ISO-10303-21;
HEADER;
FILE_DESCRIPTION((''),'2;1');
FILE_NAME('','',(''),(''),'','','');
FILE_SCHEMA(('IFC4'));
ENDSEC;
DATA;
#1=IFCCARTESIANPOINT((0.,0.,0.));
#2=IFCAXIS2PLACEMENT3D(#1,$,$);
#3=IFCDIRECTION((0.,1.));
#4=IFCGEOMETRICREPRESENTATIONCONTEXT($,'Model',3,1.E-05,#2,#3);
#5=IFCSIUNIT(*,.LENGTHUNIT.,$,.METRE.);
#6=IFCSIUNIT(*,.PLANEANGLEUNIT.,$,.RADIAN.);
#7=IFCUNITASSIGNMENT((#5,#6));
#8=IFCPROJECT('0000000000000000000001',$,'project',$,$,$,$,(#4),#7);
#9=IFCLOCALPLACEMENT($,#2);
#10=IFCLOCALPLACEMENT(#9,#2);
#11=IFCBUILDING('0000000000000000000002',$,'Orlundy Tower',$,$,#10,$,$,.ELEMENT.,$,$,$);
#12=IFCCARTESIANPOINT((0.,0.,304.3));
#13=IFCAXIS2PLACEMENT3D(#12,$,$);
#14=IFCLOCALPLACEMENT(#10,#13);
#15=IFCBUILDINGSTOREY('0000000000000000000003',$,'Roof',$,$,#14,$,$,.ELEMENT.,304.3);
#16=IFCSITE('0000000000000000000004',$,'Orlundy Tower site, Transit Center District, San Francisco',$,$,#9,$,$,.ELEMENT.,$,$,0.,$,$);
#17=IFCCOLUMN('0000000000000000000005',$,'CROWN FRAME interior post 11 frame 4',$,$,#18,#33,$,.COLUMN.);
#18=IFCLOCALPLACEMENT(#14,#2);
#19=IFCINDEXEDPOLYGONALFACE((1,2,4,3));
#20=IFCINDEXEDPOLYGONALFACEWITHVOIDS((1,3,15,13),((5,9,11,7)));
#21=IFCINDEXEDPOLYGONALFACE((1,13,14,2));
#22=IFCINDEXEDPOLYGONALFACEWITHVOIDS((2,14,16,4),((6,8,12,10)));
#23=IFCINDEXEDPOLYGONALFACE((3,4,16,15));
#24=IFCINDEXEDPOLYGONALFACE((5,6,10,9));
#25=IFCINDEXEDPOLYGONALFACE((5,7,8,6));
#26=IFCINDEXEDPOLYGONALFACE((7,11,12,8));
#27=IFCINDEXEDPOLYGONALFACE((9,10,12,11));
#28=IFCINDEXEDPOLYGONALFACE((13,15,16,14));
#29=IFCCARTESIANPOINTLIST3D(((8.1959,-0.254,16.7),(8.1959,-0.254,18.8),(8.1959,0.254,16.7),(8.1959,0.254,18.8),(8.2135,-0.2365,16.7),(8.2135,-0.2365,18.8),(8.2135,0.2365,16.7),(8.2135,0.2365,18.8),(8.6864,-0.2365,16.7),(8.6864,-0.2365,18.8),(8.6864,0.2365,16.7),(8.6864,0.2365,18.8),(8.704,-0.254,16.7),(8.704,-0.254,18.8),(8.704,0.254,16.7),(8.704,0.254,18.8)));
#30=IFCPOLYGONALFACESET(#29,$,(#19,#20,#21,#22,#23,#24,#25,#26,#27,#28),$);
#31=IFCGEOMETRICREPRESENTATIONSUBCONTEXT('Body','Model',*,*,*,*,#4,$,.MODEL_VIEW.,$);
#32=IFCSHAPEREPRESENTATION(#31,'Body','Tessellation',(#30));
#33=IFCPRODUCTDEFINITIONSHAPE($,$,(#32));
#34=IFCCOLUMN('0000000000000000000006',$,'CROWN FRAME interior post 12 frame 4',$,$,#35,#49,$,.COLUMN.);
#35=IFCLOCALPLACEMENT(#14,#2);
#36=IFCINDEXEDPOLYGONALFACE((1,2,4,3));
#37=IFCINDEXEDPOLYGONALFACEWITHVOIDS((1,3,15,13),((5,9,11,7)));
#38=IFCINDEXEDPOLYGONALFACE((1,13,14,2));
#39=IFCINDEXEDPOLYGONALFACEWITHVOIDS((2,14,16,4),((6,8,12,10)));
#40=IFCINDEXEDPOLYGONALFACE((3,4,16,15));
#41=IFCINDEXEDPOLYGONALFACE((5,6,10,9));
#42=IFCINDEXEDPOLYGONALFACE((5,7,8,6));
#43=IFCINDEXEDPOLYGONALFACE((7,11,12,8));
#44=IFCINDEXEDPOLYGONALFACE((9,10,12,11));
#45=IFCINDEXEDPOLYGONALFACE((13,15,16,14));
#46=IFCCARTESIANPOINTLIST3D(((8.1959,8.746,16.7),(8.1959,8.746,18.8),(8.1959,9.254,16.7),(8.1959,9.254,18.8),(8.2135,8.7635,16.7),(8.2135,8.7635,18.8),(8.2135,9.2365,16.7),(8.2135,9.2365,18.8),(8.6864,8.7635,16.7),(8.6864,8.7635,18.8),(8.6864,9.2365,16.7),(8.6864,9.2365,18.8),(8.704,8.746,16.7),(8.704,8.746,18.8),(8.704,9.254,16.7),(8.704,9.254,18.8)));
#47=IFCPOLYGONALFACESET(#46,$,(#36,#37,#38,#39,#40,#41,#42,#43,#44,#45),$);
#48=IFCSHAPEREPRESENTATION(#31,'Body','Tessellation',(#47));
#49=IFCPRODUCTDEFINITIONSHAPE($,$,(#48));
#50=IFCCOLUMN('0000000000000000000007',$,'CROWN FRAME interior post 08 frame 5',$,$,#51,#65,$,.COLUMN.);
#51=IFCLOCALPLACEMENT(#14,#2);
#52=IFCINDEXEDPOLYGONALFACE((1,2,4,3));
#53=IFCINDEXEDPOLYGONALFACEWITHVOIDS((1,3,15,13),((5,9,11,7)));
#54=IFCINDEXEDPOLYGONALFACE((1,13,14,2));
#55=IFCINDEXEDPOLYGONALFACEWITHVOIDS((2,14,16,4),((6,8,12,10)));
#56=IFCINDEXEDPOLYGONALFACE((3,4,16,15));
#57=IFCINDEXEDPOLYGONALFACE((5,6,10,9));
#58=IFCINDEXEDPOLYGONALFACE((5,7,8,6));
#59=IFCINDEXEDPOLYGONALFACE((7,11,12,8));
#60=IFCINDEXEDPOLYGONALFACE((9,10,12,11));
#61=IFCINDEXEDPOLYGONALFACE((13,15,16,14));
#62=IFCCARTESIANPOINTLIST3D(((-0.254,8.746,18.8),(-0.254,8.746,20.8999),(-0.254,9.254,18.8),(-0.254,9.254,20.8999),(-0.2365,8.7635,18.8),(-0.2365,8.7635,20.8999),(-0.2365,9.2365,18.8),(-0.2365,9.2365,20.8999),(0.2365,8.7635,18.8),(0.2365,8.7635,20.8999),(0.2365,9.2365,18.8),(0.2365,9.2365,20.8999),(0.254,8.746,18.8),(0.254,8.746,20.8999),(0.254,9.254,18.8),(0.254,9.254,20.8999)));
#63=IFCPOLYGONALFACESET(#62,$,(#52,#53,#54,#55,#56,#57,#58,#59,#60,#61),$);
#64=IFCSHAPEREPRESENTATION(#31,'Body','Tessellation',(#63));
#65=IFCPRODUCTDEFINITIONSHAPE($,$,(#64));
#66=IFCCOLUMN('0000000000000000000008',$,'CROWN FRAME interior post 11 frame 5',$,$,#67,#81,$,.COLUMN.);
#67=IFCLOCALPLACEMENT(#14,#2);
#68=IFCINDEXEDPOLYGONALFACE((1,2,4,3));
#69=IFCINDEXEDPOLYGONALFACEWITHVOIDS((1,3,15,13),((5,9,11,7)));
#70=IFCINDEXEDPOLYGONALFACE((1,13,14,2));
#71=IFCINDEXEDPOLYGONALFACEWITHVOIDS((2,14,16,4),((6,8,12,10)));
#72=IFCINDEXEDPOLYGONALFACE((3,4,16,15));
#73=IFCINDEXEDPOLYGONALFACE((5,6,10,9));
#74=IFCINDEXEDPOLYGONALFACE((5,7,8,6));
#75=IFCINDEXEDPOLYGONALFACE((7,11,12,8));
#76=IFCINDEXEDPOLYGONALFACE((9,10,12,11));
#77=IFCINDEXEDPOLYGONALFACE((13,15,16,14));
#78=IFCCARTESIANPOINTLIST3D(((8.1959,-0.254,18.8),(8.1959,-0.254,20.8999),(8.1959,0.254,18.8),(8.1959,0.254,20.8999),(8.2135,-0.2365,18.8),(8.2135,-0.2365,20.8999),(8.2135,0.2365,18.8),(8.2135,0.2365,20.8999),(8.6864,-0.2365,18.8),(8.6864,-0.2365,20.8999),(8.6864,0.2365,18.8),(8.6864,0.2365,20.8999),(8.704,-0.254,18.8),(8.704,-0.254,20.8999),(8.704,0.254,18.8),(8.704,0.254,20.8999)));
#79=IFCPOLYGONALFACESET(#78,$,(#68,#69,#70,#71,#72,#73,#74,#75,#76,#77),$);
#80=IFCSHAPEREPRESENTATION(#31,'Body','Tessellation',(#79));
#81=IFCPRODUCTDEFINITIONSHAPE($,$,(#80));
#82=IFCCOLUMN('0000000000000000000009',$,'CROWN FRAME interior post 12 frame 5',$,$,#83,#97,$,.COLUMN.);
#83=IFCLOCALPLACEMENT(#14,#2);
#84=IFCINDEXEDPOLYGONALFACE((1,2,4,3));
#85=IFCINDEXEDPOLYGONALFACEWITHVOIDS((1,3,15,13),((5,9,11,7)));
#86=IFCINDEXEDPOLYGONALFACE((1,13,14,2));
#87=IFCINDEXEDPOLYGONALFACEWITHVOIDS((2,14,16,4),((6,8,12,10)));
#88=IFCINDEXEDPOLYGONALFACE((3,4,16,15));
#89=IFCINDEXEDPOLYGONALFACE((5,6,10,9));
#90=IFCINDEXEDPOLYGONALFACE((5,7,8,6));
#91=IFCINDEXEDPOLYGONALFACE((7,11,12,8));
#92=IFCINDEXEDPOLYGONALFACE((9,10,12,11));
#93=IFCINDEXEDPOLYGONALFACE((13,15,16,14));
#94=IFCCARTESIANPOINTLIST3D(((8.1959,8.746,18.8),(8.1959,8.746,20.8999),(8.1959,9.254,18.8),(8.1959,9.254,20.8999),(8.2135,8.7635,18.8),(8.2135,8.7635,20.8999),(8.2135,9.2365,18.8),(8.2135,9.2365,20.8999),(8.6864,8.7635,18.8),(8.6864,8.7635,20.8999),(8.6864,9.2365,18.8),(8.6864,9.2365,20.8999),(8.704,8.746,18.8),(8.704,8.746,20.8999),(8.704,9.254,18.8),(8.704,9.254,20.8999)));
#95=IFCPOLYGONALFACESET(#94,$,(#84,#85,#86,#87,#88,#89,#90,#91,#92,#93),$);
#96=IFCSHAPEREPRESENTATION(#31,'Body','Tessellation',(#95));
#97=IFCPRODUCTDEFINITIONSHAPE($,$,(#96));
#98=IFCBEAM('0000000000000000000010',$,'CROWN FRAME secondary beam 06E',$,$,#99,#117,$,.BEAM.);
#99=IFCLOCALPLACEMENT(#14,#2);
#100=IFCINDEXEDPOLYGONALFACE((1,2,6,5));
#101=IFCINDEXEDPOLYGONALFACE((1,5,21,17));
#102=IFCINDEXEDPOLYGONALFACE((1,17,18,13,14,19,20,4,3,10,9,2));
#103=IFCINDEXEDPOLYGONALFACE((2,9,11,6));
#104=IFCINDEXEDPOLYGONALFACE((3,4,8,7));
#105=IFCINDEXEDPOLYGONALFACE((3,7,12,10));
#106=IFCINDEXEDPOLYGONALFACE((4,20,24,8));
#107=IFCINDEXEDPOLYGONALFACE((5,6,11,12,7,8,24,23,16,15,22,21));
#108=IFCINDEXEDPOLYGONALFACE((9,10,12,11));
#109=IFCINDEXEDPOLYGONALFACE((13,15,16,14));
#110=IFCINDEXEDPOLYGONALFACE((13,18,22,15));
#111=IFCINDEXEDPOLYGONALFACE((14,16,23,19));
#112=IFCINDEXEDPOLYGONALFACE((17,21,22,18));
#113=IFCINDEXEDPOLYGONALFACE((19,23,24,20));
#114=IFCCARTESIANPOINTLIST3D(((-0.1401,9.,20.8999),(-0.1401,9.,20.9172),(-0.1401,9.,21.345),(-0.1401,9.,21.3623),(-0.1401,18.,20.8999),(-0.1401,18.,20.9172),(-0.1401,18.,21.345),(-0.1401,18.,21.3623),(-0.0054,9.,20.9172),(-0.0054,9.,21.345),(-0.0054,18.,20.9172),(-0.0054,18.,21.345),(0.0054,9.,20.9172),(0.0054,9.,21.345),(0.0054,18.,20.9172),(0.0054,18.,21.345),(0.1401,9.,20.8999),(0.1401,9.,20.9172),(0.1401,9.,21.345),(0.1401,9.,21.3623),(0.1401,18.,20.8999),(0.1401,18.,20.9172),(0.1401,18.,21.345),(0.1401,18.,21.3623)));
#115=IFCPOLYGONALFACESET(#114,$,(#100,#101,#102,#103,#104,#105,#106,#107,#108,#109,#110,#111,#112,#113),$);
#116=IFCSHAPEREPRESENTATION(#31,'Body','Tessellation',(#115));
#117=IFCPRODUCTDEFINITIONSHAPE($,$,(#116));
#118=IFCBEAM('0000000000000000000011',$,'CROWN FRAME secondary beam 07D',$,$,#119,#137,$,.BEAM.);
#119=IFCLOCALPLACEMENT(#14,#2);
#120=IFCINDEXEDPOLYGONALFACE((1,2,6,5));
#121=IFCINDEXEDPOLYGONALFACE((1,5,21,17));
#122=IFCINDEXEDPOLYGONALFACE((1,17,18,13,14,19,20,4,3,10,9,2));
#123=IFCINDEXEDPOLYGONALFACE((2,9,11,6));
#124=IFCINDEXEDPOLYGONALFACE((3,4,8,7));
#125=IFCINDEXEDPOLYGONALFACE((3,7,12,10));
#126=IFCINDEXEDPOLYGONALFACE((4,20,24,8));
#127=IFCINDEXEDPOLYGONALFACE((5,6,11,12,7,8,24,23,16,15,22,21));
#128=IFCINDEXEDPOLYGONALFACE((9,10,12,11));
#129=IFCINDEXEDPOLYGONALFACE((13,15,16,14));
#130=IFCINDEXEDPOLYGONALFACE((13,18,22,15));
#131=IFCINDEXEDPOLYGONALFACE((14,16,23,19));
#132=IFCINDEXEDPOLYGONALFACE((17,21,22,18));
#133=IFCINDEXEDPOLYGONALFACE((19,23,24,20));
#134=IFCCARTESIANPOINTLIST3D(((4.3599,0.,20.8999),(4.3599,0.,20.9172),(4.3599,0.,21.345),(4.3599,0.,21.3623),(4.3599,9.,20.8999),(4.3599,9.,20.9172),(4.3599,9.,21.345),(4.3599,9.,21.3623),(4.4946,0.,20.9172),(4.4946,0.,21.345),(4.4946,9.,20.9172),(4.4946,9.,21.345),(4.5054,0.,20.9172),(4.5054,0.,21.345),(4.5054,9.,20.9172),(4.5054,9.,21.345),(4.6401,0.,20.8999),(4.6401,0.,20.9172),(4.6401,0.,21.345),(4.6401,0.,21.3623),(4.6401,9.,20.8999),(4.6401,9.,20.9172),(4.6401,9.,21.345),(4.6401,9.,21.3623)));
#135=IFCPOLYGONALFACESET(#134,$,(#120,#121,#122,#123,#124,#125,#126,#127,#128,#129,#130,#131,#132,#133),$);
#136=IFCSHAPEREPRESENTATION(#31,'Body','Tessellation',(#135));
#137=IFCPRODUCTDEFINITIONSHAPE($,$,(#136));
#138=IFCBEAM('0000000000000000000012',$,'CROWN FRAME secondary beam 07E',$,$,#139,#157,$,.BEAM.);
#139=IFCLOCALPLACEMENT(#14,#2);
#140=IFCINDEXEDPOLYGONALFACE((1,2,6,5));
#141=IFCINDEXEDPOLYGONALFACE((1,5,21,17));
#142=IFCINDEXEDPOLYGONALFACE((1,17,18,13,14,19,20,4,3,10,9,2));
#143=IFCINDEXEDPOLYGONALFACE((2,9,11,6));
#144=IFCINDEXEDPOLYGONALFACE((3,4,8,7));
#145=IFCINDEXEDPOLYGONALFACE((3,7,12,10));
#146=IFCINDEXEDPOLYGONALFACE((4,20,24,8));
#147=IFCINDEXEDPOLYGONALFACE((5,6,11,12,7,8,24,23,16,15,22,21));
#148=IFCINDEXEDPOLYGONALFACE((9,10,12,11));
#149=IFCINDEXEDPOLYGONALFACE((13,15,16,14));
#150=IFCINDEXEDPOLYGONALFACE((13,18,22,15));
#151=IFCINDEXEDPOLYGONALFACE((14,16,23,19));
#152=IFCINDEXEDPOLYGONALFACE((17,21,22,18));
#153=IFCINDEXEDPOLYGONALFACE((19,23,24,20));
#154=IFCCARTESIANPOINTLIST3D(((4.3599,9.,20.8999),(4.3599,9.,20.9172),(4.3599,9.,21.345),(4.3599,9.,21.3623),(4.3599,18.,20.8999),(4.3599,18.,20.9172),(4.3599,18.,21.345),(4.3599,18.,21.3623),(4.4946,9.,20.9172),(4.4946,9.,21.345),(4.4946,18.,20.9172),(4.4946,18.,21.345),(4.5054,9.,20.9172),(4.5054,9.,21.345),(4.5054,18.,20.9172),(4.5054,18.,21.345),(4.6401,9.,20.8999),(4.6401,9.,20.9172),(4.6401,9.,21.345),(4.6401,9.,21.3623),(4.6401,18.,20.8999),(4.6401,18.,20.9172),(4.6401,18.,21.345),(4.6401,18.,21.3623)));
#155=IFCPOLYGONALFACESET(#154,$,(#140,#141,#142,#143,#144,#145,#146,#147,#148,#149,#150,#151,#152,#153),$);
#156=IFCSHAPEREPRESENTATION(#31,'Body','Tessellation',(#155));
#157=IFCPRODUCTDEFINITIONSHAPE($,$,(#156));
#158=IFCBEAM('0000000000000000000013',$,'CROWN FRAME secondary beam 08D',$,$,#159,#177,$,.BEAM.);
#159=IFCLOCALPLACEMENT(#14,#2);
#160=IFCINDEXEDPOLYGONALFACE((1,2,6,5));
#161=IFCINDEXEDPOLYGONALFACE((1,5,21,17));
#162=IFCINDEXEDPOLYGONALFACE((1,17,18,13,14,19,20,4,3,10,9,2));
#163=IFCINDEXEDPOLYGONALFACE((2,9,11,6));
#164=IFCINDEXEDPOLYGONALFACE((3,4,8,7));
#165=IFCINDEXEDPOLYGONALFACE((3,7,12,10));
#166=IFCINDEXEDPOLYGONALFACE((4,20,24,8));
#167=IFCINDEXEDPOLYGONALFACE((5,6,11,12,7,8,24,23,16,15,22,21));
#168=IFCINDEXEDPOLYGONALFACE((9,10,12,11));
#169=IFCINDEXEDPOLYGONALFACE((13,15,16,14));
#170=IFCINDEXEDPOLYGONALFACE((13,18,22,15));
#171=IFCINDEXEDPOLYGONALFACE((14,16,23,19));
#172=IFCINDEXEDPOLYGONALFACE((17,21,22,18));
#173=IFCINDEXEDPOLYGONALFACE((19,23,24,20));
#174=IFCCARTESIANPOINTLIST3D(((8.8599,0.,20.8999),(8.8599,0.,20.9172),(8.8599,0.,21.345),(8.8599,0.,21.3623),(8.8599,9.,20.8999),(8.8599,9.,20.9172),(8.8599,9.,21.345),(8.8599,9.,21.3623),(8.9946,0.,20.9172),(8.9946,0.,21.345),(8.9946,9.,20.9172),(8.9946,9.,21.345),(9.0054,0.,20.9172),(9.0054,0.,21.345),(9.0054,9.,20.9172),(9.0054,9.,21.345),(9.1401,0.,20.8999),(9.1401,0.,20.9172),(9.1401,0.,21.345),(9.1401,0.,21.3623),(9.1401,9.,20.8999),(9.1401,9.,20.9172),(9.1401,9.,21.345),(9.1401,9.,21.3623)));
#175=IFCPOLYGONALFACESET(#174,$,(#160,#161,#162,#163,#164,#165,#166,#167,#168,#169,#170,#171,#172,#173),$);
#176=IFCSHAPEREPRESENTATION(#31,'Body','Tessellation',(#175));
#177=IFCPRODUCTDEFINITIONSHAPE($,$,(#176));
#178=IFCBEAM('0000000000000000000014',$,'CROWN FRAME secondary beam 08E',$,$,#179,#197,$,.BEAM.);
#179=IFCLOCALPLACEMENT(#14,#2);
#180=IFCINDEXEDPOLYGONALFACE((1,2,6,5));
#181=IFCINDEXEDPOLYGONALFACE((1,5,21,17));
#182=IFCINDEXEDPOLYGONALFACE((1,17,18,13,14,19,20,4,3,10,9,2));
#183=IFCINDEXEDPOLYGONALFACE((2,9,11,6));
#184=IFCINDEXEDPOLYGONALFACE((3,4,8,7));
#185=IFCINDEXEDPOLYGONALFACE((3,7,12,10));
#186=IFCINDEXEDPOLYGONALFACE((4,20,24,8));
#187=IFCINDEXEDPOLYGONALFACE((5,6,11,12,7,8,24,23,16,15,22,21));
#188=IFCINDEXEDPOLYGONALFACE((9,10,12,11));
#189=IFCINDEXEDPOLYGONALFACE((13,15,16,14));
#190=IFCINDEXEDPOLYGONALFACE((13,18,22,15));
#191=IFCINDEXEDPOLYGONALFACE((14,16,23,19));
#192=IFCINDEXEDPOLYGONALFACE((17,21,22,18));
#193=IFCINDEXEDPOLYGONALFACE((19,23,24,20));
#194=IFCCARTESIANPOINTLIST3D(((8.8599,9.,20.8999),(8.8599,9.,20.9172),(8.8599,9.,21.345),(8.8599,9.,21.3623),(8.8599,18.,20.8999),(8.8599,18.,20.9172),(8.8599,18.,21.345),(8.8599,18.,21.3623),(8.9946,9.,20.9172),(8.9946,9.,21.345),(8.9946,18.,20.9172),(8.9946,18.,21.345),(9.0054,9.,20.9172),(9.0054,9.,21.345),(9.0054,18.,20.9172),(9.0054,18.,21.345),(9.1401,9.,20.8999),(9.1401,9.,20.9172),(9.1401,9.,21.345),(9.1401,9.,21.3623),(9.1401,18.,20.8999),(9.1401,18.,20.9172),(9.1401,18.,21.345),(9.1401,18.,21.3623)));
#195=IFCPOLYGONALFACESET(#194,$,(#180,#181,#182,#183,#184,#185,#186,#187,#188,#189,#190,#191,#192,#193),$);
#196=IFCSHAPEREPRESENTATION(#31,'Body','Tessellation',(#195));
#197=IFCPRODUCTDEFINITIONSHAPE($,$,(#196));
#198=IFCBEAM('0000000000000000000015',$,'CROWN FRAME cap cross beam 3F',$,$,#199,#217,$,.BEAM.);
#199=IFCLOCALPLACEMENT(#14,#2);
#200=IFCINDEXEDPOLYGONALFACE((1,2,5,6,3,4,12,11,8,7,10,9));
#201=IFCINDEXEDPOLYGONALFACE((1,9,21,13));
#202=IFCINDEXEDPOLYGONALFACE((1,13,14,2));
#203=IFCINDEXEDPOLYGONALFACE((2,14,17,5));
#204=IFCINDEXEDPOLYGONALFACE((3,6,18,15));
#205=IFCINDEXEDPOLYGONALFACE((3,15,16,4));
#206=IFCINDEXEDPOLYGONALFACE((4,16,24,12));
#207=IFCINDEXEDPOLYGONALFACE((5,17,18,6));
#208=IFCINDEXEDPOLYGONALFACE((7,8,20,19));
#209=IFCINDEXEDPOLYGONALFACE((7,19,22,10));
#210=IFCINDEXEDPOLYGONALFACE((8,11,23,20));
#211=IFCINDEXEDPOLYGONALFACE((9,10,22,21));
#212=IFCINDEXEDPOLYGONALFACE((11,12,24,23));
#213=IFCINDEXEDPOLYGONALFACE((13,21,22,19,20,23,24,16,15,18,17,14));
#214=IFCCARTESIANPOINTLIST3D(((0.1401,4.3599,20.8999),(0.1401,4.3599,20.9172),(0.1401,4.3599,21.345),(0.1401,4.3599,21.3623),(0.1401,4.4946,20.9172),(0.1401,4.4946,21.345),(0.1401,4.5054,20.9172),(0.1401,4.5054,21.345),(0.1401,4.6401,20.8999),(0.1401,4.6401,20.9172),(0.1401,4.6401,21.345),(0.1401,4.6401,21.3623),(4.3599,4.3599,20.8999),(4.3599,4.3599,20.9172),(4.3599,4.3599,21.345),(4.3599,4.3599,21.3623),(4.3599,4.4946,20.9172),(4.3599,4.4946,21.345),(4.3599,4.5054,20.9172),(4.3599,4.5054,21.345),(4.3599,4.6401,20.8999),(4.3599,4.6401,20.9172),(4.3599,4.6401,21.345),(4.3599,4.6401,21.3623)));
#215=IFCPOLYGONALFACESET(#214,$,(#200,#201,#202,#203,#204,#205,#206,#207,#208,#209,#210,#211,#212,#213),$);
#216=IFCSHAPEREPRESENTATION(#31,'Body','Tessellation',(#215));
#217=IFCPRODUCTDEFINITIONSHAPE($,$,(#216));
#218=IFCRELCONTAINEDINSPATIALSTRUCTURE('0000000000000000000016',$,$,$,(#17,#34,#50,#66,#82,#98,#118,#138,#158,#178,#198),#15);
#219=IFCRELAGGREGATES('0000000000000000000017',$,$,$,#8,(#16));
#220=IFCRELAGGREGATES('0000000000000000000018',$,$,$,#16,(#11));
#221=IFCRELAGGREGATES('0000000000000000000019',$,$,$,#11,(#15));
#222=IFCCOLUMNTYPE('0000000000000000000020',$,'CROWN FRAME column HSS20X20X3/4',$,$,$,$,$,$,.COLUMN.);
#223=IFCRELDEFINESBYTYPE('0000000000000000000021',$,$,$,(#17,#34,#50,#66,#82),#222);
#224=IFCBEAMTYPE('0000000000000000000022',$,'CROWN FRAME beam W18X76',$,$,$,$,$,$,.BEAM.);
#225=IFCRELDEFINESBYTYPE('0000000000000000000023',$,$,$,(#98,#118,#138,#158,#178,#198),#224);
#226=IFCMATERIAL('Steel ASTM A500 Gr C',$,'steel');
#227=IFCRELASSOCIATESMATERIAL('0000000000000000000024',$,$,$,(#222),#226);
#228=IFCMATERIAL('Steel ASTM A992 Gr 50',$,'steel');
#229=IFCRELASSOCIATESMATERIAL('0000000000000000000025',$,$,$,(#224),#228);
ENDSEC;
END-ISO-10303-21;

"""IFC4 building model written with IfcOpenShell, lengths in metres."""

from ifc_helpers import new_model, si_unit, direction, frame, origin, origin_2d, place, context, subcontext, project, spatial, hollow_rectangle, i_section, extrude, material, material_profile, profile_set, type_object, element, save


model = new_model("IFC4")

# Units and contexts
model_context = context("Model", 3, precision=1e-05, world=origin(), true_north=direction((0.0, 1.0)))
body_context = subcontext(model_context, "Body", "Model", "MODEL_VIEW")
ifc_project = project(units=[si_unit("LENGTHUNIT", "METRE"), si_unit("PLANEANGLEUNIT", "RADIAN")], contexts=[model_context])

# Site, building, storey
site_placement = place(None, origin())
site = spatial("IfcSite", under=ifc_project, at=site_placement, Name="Orlundy Tower site, Transit Center District, San Francisco", CompositionType="ELEMENT", RefElevation=0.0)
building_placement = place(site_placement, origin())
building = spatial("IfcBuilding", under=site, at=building_placement, Name="Orlundy Tower", CompositionType="ELEMENT")
storey_placement = place(building_placement, frame((0.0, 0.0, 304.3)))
storey = spatial("IfcBuildingStorey", under=building, at=storey_placement, Name="Roof", CompositionType="ELEMENT", Elevation=304.3)

# Columns
ifc_material_1 = material(Name="Steel ASTM A500 Gr C", Category="steel")
ifc_material_profile_1 = material_profile(ifc_material_1, hollow_rectangle(XDim=0.5081, YDim=0.5081, WallThickness=0.0176, at=origin_2d()), Name="HSS20X20X3/4")
ifc_profile_set_1 = profile_set([ifc_material_profile_1], Name="Steel ASTM A500 Gr C")
column_type = type_object("IfcColumnType", Name="CROWN FRAME column HSS20X20X3/4", PredefinedType="COLUMN", material=ifc_profile_set_1)
for number, where, z_axis, x_axis, name in (
    (1, (8.45, 0.0, 16.7), (0.0, 0.0, 1.0), (1.0, 0.0, 0.0), "CROWN FRAME interior post 11 frame 4"),
    (2, (8.45, 9.0, 16.7), (0.0, 0.0, 1.0), (1.0, 0.0, 0.0), "CROWN FRAME interior post 12 frame 4"),
):
    element("IfcColumn", number, at=place(storey_placement, frame(where, z_axis=z_axis, x_axis=x_axis)), inside=storey, type_object=column_type, Name=name, PredefinedType="COLUMN", context=body_context, shape_type="SweptSolid", body=[
        extrude(hollow_rectangle(XDim=0.5081, YDim=0.5081, WallThickness=0.0176, at=origin_2d()), origin(), (0.0, 0.0, 1.0), 2.1001),
    ])
for number, where, z_axis, x_axis, name in (
    (3, (0.0, 9.0, 18.8), (0.0, 0.0, 1.0), (1.0, 0.0, 0.0), "CROWN FRAME interior post 08 frame 5"),
    (4, (8.45, 0.0, 18.8), (0.0, 0.0, 1.0), (1.0, 0.0, 0.0), "CROWN FRAME interior post 11 frame 5"),
    (5, (8.45, 9.0, 18.8), (0.0, 0.0, 1.0), (1.0, 0.0, 0.0), "CROWN FRAME interior post 12 frame 5"),
):
    element("IfcColumn", number, at=place(storey_placement, frame(where, z_axis=z_axis, x_axis=x_axis)), inside=storey, type_object=column_type, Name=name, PredefinedType="COLUMN", context=body_context, shape_type="SweptSolid", body=[
        extrude(hollow_rectangle(XDim=0.5081, YDim=0.5081, WallThickness=0.0176, at=origin_2d()), origin(), (0.0, 0.0, 1.0), 2.0999),
    ])

# Beams
ifc_material_2 = material(Name="Steel ASTM A992 Gr 50", Category="steel")
ifc_material_profile_2 = material_profile(ifc_material_2, i_section(OverallWidth=0.2803, OverallDepth=0.4624, WebThickness=0.0107, FlangeThickness=0.0173, at=origin_2d()), Name="W18X76")
ifc_profile_set_2 = profile_set([ifc_material_profile_2], Name="Steel ASTM A992 Gr 50")
beam_type_1 = type_object("IfcBeamType", Name="CROWN FRAME beam W18X76", PredefinedType="BEAM", material=ifc_profile_set_2)
for number, where, z_axis, x_axis, name in (
    (6, (0.0, 9.0, 21.1311), (0.0, 1.0, 0.0), (-1.0, 0.0, 0.0), "CROWN FRAME secondary beam 06E"),
    (7, (4.5, 0.0, 21.1311), (0.0, 1.0, 0.0), (-1.0, 0.0, 0.0), "CROWN FRAME secondary beam 07D"),
    (8, (4.5, 9.0, 21.1311), (0.0, 1.0, 0.0), (-1.0, 0.0, 0.0), "CROWN FRAME secondary beam 07E"),
    (9, (9.0, 0.0, 21.1311), (0.0, 1.0, 0.0), (-1.0, 0.0, 0.0), "CROWN FRAME secondary beam 08D"),
    (10, (9.0, 9.0, 21.1311), (0.0, 1.0, 0.0), (-1.0, 0.0, 0.0), "CROWN FRAME secondary beam 08E"),
):
    element("IfcBeam", number, at=place(storey_placement, frame(where, z_axis=z_axis, x_axis=x_axis)), inside=storey, type_object=beam_type_1, Name=name, PredefinedType="BEAM", context=body_context, shape_type="SweptSolid", body=[
        extrude(i_section(OverallWidth=0.2803, OverallDepth=0.4624, WebThickness=0.0107, FlangeThickness=0.0173, at=origin_2d()), origin(), (0.0, 0.0, 1.0), 9.0),
    ])
for number, where, z_axis, x_axis, name in (
    (11, (0.1401, 4.5, 21.1311), (1.0, 0.0, 0.0), (0.0, 1.0, 0.0), "CROWN FRAME cap cross beam 3F"),
):
    element("IfcBeam", number, at=place(storey_placement, frame(where, z_axis=z_axis, x_axis=x_axis)), inside=storey, type_object=beam_type_1, Name=name, PredefinedType="BEAM", context=body_context, shape_type="SweptSolid", body=[
        extrude(i_section(OverallWidth=0.2803, OverallDepth=0.4624, WebThickness=0.0107, FlangeThickness=0.0173, at=origin_2d()), origin(), (0.0, 0.0, 1.0), 4.2197),
    ])

save(model, "model.ifc")
